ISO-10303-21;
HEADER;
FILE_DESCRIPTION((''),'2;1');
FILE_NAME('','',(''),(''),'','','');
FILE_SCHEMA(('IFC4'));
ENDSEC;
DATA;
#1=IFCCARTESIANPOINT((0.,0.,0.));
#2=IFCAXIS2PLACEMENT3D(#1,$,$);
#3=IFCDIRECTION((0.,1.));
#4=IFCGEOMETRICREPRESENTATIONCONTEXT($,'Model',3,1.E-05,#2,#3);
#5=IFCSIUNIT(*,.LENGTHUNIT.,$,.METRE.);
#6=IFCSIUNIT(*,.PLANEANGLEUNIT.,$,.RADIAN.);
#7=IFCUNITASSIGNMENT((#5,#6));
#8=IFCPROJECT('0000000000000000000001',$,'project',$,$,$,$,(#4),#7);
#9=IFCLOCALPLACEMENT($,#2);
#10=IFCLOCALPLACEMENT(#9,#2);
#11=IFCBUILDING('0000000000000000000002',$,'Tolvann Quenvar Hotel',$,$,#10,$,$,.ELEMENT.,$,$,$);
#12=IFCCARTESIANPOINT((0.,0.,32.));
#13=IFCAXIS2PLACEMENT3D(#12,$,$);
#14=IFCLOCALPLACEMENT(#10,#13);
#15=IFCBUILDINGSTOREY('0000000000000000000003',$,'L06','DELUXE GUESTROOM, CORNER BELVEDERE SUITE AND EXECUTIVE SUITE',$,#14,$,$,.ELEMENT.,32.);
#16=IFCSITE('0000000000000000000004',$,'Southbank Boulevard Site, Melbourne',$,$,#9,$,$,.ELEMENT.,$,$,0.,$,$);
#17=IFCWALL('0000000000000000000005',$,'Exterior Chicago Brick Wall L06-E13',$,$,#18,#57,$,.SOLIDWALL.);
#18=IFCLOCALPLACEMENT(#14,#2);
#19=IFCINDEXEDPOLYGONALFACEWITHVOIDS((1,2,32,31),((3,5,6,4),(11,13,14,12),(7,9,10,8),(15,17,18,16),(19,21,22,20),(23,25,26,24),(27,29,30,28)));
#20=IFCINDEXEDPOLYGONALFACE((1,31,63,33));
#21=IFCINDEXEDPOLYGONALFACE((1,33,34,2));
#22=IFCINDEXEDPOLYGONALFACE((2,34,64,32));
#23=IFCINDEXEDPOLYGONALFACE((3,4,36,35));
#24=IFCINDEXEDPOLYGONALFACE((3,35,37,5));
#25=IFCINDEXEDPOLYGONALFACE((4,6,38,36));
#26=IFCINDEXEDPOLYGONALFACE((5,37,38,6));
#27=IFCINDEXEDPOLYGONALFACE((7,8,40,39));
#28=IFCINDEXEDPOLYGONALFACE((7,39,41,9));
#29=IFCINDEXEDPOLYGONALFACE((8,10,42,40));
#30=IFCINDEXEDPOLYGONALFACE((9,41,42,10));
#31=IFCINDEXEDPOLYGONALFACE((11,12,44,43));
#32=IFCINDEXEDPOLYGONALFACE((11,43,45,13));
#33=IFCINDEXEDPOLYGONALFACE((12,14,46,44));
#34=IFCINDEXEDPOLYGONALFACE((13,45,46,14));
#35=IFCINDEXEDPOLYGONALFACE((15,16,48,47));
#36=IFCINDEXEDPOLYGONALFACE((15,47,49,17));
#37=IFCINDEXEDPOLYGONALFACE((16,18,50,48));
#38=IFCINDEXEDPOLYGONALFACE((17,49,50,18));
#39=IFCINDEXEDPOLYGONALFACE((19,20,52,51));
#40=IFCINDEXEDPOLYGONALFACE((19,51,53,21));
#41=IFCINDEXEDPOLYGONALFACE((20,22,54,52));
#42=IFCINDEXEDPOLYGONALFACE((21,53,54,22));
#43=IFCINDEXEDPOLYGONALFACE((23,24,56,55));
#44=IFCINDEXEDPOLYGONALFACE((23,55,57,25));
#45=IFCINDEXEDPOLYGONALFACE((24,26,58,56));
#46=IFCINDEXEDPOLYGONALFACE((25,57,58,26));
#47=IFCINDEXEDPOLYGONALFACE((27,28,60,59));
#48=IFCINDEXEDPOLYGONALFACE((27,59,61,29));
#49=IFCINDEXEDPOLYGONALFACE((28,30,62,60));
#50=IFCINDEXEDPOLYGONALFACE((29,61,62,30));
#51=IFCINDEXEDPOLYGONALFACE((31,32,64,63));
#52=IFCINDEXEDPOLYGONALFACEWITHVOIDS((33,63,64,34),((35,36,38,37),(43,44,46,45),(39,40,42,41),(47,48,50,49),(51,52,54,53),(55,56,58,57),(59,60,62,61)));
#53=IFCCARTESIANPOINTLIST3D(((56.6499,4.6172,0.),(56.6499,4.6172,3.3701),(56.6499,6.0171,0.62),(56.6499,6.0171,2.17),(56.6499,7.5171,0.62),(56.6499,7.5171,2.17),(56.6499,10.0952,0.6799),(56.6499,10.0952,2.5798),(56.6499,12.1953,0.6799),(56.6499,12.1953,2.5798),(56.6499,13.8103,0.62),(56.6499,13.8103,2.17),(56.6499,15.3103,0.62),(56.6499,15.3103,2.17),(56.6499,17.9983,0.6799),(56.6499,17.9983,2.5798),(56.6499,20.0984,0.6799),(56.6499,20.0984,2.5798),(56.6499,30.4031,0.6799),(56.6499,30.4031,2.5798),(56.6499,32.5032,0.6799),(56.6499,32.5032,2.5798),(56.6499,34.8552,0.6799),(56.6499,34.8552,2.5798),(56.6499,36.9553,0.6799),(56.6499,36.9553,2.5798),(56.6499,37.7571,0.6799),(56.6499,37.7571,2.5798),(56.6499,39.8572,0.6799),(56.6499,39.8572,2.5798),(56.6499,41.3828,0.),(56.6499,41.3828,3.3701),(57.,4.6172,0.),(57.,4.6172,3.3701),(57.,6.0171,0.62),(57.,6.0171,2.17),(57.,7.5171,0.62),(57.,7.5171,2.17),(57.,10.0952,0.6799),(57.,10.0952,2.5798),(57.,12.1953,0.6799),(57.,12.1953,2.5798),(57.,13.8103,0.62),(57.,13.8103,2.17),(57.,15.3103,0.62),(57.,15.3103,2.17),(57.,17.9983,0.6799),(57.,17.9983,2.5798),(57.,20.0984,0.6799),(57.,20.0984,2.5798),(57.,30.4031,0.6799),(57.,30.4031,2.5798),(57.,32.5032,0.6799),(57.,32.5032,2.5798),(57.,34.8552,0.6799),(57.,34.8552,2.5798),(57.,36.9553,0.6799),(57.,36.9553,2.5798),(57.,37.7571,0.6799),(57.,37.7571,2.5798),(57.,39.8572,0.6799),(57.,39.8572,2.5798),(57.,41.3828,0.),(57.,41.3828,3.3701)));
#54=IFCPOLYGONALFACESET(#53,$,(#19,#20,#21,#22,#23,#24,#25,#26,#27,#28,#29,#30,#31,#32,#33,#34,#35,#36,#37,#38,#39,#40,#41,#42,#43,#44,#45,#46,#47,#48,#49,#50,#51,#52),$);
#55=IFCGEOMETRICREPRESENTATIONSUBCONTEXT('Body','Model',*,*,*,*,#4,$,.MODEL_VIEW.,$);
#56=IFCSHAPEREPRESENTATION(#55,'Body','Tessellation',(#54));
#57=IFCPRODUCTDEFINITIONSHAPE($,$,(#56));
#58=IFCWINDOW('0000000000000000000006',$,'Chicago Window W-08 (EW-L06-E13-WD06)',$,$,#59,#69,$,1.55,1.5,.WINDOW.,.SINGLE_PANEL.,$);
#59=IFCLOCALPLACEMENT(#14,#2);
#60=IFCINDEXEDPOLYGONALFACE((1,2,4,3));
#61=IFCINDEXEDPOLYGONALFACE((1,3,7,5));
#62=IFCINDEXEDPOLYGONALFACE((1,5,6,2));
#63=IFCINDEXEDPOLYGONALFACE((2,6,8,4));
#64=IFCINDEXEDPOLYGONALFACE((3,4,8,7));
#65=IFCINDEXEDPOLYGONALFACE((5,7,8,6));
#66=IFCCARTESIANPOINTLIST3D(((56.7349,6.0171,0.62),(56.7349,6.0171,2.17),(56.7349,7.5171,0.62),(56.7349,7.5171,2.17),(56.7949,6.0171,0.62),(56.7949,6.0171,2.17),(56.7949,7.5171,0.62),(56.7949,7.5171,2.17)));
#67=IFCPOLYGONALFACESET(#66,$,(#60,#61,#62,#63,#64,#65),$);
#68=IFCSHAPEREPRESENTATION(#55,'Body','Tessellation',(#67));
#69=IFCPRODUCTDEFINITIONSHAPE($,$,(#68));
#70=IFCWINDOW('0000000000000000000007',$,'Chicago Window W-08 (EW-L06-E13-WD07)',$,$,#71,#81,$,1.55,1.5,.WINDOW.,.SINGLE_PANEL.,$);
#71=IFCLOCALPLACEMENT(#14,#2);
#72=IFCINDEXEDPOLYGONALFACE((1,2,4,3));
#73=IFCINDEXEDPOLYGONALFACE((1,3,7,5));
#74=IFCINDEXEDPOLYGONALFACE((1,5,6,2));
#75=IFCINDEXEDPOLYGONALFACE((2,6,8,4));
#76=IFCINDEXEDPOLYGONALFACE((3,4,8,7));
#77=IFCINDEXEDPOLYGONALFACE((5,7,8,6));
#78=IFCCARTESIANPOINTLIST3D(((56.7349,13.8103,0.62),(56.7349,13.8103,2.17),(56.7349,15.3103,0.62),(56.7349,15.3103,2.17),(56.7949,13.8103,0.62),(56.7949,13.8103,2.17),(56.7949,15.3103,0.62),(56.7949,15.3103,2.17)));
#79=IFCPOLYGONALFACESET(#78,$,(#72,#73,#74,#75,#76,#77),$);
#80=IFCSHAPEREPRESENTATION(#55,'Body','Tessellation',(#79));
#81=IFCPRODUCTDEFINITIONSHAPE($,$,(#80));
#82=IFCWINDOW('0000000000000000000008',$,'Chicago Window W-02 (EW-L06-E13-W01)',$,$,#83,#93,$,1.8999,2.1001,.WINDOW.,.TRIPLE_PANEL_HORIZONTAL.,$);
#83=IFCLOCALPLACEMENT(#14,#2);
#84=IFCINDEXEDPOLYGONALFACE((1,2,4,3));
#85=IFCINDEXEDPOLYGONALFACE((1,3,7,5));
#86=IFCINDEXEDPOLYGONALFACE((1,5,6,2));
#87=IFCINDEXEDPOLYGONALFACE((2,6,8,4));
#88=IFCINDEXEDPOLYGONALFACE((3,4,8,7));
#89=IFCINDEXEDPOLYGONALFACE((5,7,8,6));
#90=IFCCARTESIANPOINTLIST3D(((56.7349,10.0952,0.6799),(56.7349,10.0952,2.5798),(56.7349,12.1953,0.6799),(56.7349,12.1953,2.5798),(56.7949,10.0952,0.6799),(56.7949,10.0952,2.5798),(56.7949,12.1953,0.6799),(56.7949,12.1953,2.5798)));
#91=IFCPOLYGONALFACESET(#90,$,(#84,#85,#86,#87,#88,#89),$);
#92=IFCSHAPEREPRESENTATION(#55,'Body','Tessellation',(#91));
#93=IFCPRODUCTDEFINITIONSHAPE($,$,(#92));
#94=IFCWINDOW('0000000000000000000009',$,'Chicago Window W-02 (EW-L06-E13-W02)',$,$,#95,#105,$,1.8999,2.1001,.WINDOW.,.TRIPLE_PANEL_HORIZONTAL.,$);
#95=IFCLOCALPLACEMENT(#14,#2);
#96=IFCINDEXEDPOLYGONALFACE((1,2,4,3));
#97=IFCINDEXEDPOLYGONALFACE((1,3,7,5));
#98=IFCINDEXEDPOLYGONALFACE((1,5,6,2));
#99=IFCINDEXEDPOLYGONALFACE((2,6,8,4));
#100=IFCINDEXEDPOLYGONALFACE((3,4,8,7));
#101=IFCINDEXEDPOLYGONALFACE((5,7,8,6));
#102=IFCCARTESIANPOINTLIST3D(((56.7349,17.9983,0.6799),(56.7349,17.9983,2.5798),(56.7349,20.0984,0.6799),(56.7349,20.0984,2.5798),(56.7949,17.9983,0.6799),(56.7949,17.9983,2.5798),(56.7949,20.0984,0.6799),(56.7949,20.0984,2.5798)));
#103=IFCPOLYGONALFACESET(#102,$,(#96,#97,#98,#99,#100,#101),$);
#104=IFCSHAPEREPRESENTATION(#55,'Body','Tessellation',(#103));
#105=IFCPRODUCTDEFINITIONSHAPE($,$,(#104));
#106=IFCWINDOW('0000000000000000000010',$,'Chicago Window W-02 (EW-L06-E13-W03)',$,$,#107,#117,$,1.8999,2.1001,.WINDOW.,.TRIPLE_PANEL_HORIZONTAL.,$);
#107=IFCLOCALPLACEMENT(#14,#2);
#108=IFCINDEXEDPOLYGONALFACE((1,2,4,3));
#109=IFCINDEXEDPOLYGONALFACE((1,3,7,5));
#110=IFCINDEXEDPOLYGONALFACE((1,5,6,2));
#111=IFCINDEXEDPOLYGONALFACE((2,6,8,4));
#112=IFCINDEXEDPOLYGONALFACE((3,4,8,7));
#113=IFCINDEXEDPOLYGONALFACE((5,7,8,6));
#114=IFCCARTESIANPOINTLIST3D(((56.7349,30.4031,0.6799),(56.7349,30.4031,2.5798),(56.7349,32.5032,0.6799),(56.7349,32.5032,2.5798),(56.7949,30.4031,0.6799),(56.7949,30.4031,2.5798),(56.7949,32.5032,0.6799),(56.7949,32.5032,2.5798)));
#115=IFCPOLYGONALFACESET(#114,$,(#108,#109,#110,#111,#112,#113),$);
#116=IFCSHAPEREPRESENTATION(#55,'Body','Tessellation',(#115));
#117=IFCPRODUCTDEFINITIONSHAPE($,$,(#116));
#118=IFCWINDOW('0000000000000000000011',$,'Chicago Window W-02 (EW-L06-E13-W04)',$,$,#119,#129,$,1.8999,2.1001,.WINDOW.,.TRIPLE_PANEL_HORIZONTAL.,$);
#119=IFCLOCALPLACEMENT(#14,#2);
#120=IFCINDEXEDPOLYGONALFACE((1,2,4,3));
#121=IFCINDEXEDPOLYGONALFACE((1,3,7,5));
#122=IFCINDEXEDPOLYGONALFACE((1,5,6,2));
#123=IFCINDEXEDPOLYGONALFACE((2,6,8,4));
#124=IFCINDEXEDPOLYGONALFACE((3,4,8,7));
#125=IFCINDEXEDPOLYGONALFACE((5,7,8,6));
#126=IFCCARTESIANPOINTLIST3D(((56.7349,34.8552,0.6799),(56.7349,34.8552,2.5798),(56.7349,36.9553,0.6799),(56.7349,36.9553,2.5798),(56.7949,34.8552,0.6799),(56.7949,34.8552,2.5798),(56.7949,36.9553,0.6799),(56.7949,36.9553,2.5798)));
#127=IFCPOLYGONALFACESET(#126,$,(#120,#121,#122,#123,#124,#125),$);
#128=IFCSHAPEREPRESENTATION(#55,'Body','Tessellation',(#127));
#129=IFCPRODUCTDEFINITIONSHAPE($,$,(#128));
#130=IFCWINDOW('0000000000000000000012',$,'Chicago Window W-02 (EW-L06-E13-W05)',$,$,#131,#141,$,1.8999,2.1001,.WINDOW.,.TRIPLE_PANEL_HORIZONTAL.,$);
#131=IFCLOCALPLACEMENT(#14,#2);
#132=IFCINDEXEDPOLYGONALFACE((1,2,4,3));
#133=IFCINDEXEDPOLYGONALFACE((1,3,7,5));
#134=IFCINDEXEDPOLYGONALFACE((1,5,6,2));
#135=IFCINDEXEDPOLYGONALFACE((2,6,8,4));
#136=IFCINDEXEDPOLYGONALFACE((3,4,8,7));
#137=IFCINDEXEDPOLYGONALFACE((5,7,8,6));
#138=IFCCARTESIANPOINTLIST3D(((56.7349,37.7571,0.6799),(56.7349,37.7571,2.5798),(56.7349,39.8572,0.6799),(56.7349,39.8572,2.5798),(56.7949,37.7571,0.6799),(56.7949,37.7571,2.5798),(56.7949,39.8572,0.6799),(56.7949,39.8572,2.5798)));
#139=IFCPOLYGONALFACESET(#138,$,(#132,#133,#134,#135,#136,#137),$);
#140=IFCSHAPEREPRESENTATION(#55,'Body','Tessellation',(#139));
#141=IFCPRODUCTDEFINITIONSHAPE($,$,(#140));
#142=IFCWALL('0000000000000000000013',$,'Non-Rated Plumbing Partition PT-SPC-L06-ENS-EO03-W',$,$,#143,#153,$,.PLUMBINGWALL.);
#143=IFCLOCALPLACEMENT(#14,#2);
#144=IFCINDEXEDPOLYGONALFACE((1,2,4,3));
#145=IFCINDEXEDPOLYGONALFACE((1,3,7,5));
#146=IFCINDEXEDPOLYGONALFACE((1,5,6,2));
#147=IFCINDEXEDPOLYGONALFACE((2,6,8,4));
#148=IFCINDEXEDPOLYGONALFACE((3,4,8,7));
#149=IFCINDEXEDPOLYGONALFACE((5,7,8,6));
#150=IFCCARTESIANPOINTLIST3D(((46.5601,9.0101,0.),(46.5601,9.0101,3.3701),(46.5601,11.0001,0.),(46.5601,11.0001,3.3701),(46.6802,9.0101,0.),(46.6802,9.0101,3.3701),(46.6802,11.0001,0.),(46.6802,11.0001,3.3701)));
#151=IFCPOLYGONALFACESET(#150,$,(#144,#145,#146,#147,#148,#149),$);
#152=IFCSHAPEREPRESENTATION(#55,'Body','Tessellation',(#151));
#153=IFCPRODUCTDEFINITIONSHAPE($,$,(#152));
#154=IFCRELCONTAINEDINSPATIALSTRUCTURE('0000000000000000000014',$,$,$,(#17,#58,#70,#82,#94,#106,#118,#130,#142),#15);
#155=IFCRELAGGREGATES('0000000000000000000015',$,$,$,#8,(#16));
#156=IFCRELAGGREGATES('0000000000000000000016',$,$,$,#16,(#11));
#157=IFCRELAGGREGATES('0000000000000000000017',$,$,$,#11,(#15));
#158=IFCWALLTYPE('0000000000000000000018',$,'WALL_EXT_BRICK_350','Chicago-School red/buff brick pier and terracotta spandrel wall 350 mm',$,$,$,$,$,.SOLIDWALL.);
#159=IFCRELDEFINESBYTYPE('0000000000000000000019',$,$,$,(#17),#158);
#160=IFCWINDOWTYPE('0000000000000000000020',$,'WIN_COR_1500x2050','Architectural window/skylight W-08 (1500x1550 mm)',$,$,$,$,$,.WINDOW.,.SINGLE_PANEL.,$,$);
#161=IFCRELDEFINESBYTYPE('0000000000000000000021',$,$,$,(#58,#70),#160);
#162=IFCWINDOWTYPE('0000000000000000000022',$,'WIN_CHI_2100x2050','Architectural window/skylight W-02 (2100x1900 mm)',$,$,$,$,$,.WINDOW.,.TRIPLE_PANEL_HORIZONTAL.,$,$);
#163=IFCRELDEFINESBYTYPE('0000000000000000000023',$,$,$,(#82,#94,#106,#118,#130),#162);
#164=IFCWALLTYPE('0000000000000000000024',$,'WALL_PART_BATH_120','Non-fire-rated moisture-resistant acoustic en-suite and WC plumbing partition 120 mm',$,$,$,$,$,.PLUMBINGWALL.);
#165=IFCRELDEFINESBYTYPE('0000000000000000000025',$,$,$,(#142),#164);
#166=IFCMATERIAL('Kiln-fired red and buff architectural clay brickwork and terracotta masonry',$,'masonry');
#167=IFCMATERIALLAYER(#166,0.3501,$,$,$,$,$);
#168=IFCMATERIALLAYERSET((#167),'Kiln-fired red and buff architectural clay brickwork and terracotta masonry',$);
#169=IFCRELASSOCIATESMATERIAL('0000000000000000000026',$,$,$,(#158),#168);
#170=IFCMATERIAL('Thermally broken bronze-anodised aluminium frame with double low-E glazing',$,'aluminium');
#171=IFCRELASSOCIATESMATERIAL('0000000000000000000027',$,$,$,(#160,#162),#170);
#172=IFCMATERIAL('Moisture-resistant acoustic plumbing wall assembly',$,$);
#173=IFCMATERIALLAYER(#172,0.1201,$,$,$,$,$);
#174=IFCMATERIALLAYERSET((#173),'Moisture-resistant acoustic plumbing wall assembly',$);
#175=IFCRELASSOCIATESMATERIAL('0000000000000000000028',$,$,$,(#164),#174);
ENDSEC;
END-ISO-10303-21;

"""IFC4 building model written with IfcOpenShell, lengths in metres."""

from ifc_helpers import new_model, si_unit, direction, frame, frame_2d, origin, place, context, subcontext, project, spatial, rectangle, extrude, source, transform, mapped, material, layer, layer_set, type_object, type_shapes, element, fill, save


model = new_model("IFC4")

# Units and contexts
model_context = context("Model", 3, precision=1e-05, world=origin(), true_north=direction((0.0, 1.0)))
body_context = subcontext(model_context, "Body", "Model", "MODEL_VIEW")
ifc_project = project(units=[si_unit("LENGTHUNIT", "METRE"), si_unit("PLANEANGLEUNIT", "RADIAN")], contexts=[model_context])

# Site, building, storey
site_placement = place(None, origin())
site = spatial("IfcSite", under=ifc_project, at=site_placement, Name="Southbank Boulevard Site, Melbourne", CompositionType="ELEMENT", RefElevation=0.0)
building_placement = place(site_placement, origin())
building = spatial("IfcBuilding", under=site, at=building_placement, Name="Tolvann Quenvar Hotel", CompositionType="ELEMENT")
storey_placement = place(building_placement, frame((0.0, 0.0, 32.0)))
storey = spatial("IfcBuildingStorey", under=building, at=storey_placement, Name="L06", Description="DELUXE GUESTROOM, CORNER BELVEDERE SUITE AND EXECUTIVE SUITE", CompositionType="ELEMENT", Elevation=32.0)

# Wall, openings, windows
ifc_material_1 = material(Name="Kiln-fired red and buff architectural clay brickwork and terracotta masonry", Category="masonry")
ifc_layer_1 = layer(ifc_material_1, 0.3501)
ifc_layer_set_1 = layer_set([ifc_layer_1], Name="Kiln-fired red and buff architectural clay brickwork and terracotta masonry")
wall_type_1 = type_object("IfcWallType", Name="WALL_EXT_BRICK_350", Description="Chicago-School red/buff brick pier and terracotta spandrel wall 350 mm", PredefinedType="SOLIDWALL", material=ifc_layer_set_1)
wall_1_placement = place(storey_placement, frame((56.825, 4.6172, 0.0), z_axis=(0.0, 0.0, 1.0), x_axis=(0.0, 1.0, 0.0)))
wall_1 = element("IfcWall", 1, at=wall_1_placement, inside=storey, type_object=wall_type_1, Name="Exterior Chicago Brick Wall L06-E13", PredefinedType="SOLIDWALL", context=body_context, shape_type="SweptSolid", body=[
    extrude(rectangle(XDim=36.7656, YDim=0.3501, at=frame_2d((18.3828, 0.0))), origin(), (0.0, 0.0, 1.0), 3.3701),
])
opening_1_placement = place(wall_1_placement, frame((5.478, 0.0, 0.6799)))
opening_1 = element("IfcOpeningElement", 2, at=opening_1_placement, cuts=wall_1, PredefinedType="OPENING", context=body_context, shape_type="SweptSolid", body=[
    extrude(rectangle(XDim=2.1001, YDim=1.8999, at=frame_2d((1.05, 0.95))), frame((0.0, 0.1851, 0.0), z_axis=(0.0, -1.0, 0.0), x_axis=(1.0, 0.0, 0.0)), (0.0, 0.0, 1.0), 0.3701),
])
opening_2_placement = place(wall_1_placement, frame((13.3811, 0.0, 0.6799)))
opening_2 = element("IfcOpeningElement", 3, at=opening_2_placement, cuts=wall_1, PredefinedType="OPENING", context=body_context, shape_type="SweptSolid", body=[
    extrude(rectangle(XDim=2.1001, YDim=1.8999, at=frame_2d((1.05, 0.95))), frame((0.0, 0.1851, 0.0), z_axis=(0.0, -1.0, 0.0), x_axis=(1.0, 0.0, 0.0)), (0.0, 0.0, 1.0), 0.3701),
])
opening_3_placement = place(wall_1_placement, frame((25.7859, 0.0, 0.6799)))
opening_3 = element("IfcOpeningElement", 4, at=opening_3_placement, cuts=wall_1, PredefinedType="OPENING", context=body_context, shape_type="SweptSolid", body=[
    extrude(rectangle(XDim=2.1001, YDim=1.8999, at=frame_2d((1.05, 0.95))), frame((0.0, 0.1851, 0.0), z_axis=(0.0, -1.0, 0.0), x_axis=(1.0, 0.0, 0.0)), (0.0, 0.0, 1.0), 0.3701),
])
opening_4_placement = place(wall_1_placement, frame((30.238, 0.0, 0.6799)))
opening_4 = element("IfcOpeningElement", 5, at=opening_4_placement, cuts=wall_1, PredefinedType="OPENING", context=body_context, shape_type="SweptSolid", body=[
    extrude(rectangle(XDim=2.1001, YDim=1.8999, at=frame_2d((1.05, 0.95))), frame((0.0, 0.1851, 0.0), z_axis=(0.0, -1.0, 0.0), x_axis=(1.0, 0.0, 0.0)), (0.0, 0.0, 1.0), 0.3701),
])
opening_5_placement = place(wall_1_placement, frame((33.1399, 0.0, 0.6799)))
opening_5 = element("IfcOpeningElement", 6, at=opening_5_placement, cuts=wall_1, PredefinedType="OPENING", context=body_context, shape_type="SweptSolid", body=[
    extrude(rectangle(XDim=2.1001, YDim=1.8999, at=frame_2d((1.05, 0.95))), frame((0.0, 0.1851, 0.0), z_axis=(0.0, -1.0, 0.0), x_axis=(1.0, 0.0, 0.0)), (0.0, 0.0, 1.0), 0.3701),
])
opening_6_placement = place(wall_1_placement, frame((1.3999, 0.0, 0.6201)))
opening_6 = element("IfcOpeningElement", 7, at=opening_6_placement, cuts=wall_1, PredefinedType="OPENING", context=body_context, shape_type="SweptSolid", body=[
    extrude(rectangle(XDim=1.5, YDim=1.55, at=frame_2d((0.75, 0.7749))), frame((0.0, 0.1851, 0.0), z_axis=(0.0, -1.0, 0.0), x_axis=(1.0, 0.0, 0.0)), (0.0, 0.0, 1.0), 0.3701),
])
opening_7_placement = place(wall_1_placement, frame((9.1931, 0.0, 0.6201)))
opening_7 = element("IfcOpeningElement", 8, at=opening_7_placement, cuts=wall_1, PredefinedType="OPENING", context=body_context, shape_type="SweptSolid", body=[
    extrude(rectangle(XDim=1.5, YDim=1.55, at=frame_2d((0.75, 0.7749))), frame((0.0, 0.1851, 0.0), z_axis=(0.0, -1.0, 0.0), x_axis=(1.0, 0.0, 0.0)), (0.0, 0.0, 1.0), 0.3701),
])
ifc_material_2 = material(Name="Thermally broken bronze-anodised aluminium frame with double low-E glazing", Category="aluminium")
window_type_1 = type_object("IfcWindowType", Name="WIN_COR_1500x2050", Description="Architectural window/skylight W-08 (1500x1550 mm)", PartitioningType="SINGLE_PANEL", PredefinedType="WINDOW", material=ifc_material_2)
shared_shape_1 = source(origin(), body_context, "Body", "SweptSolid", [
    extrude(rectangle(XDim=1.5, YDim=1.55, at=frame_2d((0.75, 0.7749))), frame((0.0, 0.0901, 0.0), z_axis=(0.0, -1.0, 0.0), x_axis=(1.0, 0.0, 0.0)), (0.0, 0.0, 1.0), 0.0601),
])
type_shapes(window_type_1, [shared_shape_1])
window_1_placement = place(opening_6_placement, origin())
window_1 = element("IfcWindow", 9, at=window_1_placement, inside=storey, type_object=window_type_1, Name="Chicago Window W-08 (EW-L06-E13-WD06)", OverallHeight=1.55, OverallWidth=1.5, PartitioningType="SINGLE_PANEL", PredefinedType="WINDOW", context=body_context, shape_type="MappedRepresentation", body=[
    mapped(shared_shape_1, transform((0.0, 0.0, 0.0), x_axis=(1.0, 0.0, 0.0), y_axis=(0.0, 1.0, 0.0), z_axis=(0.0, 0.0, 1.0), scale=1.0)),
])
fill(opening_6, window_1)
window_2_placement = place(opening_7_placement, origin())
window_2 = element("IfcWindow", 10, at=window_2_placement, inside=storey, type_object=window_type_1, Name="Chicago Window W-08 (EW-L06-E13-WD07)", OverallHeight=1.55, OverallWidth=1.5, PartitioningType="SINGLE_PANEL", PredefinedType="WINDOW", context=body_context, shape_type="MappedRepresentation", body=[
    mapped(shared_shape_1, transform((0.0, 0.0, 0.0), x_axis=(1.0, 0.0, 0.0), y_axis=(0.0, 1.0, 0.0), z_axis=(0.0, 0.0, 1.0), scale=1.0)),
])
fill(opening_7, window_2)
window_type_2 = type_object("IfcWindowType", Name="WIN_CHI_2100x2050", Description="Architectural window/skylight W-02 (2100x1900 mm)", PartitioningType="TRIPLE_PANEL_HORIZONTAL", PredefinedType="WINDOW", material=ifc_material_2)
shared_shape_2 = source(origin(), body_context, "Body", "SweptSolid", [
    extrude(rectangle(XDim=2.1001, YDim=1.8999, at=frame_2d((1.05, 0.95))), frame((0.0, 0.0901, 0.0), z_axis=(0.0, -1.0, 0.0), x_axis=(1.0, 0.0, 0.0)), (0.0, 0.0, 1.0), 0.0601),
])
type_shapes(window_type_2, [shared_shape_2])
window_3_placement = place(opening_1_placement, origin())
window_3 = element("IfcWindow", 11, at=window_3_placement, inside=storey, type_object=window_type_2, Name="Chicago Window W-02 (EW-L06-E13-W01)", OverallHeight=1.8999, OverallWidth=2.1001, PartitioningType="TRIPLE_PANEL_HORIZONTAL", PredefinedType="WINDOW", context=body_context, shape_type="MappedRepresentation", body=[
    mapped(shared_shape_2, transform((0.0, 0.0, 0.0), x_axis=(1.0, 0.0, 0.0), y_axis=(0.0, 1.0, 0.0), z_axis=(0.0, 0.0, 1.0), scale=1.0)),
])
fill(opening_1, window_3)
window_4_placement = place(opening_2_placement, origin())
window_4 = element("IfcWindow", 12, at=window_4_placement, inside=storey, type_object=window_type_2, Name="Chicago Window W-02 (EW-L06-E13-W02)", OverallHeight=1.8999, OverallWidth=2.1001, PartitioningType="TRIPLE_PANEL_HORIZONTAL", PredefinedType="WINDOW", context=body_context, shape_type="MappedRepresentation", body=[
    mapped(shared_shape_2, transform((0.0, 0.0, 0.0), x_axis=(1.0, 0.0, 0.0), y_axis=(0.0, 1.0, 0.0), z_axis=(0.0, 0.0, 1.0), scale=1.0)),
])
fill(opening_2, window_4)
window_5_placement = place(opening_3_placement, origin())
window_5 = element("IfcWindow", 13, at=window_5_placement, inside=storey, type_object=window_type_2, Name="Chicago Window W-02 (EW-L06-E13-W03)", OverallHeight=1.8999, OverallWidth=2.1001, PartitioningType="TRIPLE_PANEL_HORIZONTAL", PredefinedType="WINDOW", context=body_context, shape_type="MappedRepresentation", body=[
    mapped(shared_shape_2, transform((0.0, 0.0, 0.0), x_axis=(1.0, 0.0, 0.0), y_axis=(0.0, 1.0, 0.0), z_axis=(0.0, 0.0, 1.0), scale=1.0)),
])
fill(opening_3, window_5)
window_6_placement = place(opening_4_placement, origin())
window_6 = element("IfcWindow", 14, at=window_6_placement, inside=storey, type_object=window_type_2, Name="Chicago Window W-02 (EW-L06-E13-W04)", OverallHeight=1.8999, OverallWidth=2.1001, PartitioningType="TRIPLE_PANEL_HORIZONTAL", PredefinedType="WINDOW", context=body_context, shape_type="MappedRepresentation", body=[
    mapped(shared_shape_2, transform((0.0, 0.0, 0.0), x_axis=(1.0, 0.0, 0.0), y_axis=(0.0, 1.0, 0.0), z_axis=(0.0, 0.0, 1.0), scale=1.0)),
])
fill(opening_4, window_6)
window_7_placement = place(opening_5_placement, origin())
window_7 = element("IfcWindow", 15, at=window_7_placement, inside=storey, type_object=window_type_2, Name="Chicago Window W-02 (EW-L06-E13-W05)", OverallHeight=1.8999, OverallWidth=2.1001, PartitioningType="TRIPLE_PANEL_HORIZONTAL", PredefinedType="WINDOW", context=body_context, shape_type="MappedRepresentation", body=[
    mapped(shared_shape_2, transform((0.0, 0.0, 0.0), x_axis=(1.0, 0.0, 0.0), y_axis=(0.0, 1.0, 0.0), z_axis=(0.0, 0.0, 1.0), scale=1.0)),
])
fill(opening_5, window_7)

# Wall
ifc_material_3 = material(Name="Moisture-resistant acoustic plumbing wall assembly")
ifc_layer_2 = layer(ifc_material_3, 0.1201)
ifc_layer_set_2 = layer_set([ifc_layer_2], Name="Moisture-resistant acoustic plumbing wall assembly")
wall_type_2 = type_object("IfcWallType", Name="WALL_PART_BATH_120", Description="Non-fire-rated moisture-resistant acoustic en-suite and WC plumbing partition 120 mm", PredefinedType="PLUMBINGWALL", material=ifc_layer_set_2)
for number, where, z_axis, x_axis, name in (
    (16, (46.6201, 9.01, 0.0), (0.0, 0.0, 1.0), (0.0, 1.0, 0.0), "Non-Rated Plumbing Partition PT-SPC-L06-ENS-EO03-W"),
):
    element("IfcWall", number, at=place(storey_placement, frame(where, z_axis=z_axis, x_axis=x_axis)), inside=storey, type_object=wall_type_2, Name=name, PredefinedType="PLUMBINGWALL", context=body_context, shape_type="SweptSolid", body=[
        extrude(rectangle(XDim=1.99, YDim=0.1201, at=frame_2d((0.9951, 0.0))), origin(), (0.0, 0.0, 1.0), 3.3701),
    ])

save(model, "model.ifc")
